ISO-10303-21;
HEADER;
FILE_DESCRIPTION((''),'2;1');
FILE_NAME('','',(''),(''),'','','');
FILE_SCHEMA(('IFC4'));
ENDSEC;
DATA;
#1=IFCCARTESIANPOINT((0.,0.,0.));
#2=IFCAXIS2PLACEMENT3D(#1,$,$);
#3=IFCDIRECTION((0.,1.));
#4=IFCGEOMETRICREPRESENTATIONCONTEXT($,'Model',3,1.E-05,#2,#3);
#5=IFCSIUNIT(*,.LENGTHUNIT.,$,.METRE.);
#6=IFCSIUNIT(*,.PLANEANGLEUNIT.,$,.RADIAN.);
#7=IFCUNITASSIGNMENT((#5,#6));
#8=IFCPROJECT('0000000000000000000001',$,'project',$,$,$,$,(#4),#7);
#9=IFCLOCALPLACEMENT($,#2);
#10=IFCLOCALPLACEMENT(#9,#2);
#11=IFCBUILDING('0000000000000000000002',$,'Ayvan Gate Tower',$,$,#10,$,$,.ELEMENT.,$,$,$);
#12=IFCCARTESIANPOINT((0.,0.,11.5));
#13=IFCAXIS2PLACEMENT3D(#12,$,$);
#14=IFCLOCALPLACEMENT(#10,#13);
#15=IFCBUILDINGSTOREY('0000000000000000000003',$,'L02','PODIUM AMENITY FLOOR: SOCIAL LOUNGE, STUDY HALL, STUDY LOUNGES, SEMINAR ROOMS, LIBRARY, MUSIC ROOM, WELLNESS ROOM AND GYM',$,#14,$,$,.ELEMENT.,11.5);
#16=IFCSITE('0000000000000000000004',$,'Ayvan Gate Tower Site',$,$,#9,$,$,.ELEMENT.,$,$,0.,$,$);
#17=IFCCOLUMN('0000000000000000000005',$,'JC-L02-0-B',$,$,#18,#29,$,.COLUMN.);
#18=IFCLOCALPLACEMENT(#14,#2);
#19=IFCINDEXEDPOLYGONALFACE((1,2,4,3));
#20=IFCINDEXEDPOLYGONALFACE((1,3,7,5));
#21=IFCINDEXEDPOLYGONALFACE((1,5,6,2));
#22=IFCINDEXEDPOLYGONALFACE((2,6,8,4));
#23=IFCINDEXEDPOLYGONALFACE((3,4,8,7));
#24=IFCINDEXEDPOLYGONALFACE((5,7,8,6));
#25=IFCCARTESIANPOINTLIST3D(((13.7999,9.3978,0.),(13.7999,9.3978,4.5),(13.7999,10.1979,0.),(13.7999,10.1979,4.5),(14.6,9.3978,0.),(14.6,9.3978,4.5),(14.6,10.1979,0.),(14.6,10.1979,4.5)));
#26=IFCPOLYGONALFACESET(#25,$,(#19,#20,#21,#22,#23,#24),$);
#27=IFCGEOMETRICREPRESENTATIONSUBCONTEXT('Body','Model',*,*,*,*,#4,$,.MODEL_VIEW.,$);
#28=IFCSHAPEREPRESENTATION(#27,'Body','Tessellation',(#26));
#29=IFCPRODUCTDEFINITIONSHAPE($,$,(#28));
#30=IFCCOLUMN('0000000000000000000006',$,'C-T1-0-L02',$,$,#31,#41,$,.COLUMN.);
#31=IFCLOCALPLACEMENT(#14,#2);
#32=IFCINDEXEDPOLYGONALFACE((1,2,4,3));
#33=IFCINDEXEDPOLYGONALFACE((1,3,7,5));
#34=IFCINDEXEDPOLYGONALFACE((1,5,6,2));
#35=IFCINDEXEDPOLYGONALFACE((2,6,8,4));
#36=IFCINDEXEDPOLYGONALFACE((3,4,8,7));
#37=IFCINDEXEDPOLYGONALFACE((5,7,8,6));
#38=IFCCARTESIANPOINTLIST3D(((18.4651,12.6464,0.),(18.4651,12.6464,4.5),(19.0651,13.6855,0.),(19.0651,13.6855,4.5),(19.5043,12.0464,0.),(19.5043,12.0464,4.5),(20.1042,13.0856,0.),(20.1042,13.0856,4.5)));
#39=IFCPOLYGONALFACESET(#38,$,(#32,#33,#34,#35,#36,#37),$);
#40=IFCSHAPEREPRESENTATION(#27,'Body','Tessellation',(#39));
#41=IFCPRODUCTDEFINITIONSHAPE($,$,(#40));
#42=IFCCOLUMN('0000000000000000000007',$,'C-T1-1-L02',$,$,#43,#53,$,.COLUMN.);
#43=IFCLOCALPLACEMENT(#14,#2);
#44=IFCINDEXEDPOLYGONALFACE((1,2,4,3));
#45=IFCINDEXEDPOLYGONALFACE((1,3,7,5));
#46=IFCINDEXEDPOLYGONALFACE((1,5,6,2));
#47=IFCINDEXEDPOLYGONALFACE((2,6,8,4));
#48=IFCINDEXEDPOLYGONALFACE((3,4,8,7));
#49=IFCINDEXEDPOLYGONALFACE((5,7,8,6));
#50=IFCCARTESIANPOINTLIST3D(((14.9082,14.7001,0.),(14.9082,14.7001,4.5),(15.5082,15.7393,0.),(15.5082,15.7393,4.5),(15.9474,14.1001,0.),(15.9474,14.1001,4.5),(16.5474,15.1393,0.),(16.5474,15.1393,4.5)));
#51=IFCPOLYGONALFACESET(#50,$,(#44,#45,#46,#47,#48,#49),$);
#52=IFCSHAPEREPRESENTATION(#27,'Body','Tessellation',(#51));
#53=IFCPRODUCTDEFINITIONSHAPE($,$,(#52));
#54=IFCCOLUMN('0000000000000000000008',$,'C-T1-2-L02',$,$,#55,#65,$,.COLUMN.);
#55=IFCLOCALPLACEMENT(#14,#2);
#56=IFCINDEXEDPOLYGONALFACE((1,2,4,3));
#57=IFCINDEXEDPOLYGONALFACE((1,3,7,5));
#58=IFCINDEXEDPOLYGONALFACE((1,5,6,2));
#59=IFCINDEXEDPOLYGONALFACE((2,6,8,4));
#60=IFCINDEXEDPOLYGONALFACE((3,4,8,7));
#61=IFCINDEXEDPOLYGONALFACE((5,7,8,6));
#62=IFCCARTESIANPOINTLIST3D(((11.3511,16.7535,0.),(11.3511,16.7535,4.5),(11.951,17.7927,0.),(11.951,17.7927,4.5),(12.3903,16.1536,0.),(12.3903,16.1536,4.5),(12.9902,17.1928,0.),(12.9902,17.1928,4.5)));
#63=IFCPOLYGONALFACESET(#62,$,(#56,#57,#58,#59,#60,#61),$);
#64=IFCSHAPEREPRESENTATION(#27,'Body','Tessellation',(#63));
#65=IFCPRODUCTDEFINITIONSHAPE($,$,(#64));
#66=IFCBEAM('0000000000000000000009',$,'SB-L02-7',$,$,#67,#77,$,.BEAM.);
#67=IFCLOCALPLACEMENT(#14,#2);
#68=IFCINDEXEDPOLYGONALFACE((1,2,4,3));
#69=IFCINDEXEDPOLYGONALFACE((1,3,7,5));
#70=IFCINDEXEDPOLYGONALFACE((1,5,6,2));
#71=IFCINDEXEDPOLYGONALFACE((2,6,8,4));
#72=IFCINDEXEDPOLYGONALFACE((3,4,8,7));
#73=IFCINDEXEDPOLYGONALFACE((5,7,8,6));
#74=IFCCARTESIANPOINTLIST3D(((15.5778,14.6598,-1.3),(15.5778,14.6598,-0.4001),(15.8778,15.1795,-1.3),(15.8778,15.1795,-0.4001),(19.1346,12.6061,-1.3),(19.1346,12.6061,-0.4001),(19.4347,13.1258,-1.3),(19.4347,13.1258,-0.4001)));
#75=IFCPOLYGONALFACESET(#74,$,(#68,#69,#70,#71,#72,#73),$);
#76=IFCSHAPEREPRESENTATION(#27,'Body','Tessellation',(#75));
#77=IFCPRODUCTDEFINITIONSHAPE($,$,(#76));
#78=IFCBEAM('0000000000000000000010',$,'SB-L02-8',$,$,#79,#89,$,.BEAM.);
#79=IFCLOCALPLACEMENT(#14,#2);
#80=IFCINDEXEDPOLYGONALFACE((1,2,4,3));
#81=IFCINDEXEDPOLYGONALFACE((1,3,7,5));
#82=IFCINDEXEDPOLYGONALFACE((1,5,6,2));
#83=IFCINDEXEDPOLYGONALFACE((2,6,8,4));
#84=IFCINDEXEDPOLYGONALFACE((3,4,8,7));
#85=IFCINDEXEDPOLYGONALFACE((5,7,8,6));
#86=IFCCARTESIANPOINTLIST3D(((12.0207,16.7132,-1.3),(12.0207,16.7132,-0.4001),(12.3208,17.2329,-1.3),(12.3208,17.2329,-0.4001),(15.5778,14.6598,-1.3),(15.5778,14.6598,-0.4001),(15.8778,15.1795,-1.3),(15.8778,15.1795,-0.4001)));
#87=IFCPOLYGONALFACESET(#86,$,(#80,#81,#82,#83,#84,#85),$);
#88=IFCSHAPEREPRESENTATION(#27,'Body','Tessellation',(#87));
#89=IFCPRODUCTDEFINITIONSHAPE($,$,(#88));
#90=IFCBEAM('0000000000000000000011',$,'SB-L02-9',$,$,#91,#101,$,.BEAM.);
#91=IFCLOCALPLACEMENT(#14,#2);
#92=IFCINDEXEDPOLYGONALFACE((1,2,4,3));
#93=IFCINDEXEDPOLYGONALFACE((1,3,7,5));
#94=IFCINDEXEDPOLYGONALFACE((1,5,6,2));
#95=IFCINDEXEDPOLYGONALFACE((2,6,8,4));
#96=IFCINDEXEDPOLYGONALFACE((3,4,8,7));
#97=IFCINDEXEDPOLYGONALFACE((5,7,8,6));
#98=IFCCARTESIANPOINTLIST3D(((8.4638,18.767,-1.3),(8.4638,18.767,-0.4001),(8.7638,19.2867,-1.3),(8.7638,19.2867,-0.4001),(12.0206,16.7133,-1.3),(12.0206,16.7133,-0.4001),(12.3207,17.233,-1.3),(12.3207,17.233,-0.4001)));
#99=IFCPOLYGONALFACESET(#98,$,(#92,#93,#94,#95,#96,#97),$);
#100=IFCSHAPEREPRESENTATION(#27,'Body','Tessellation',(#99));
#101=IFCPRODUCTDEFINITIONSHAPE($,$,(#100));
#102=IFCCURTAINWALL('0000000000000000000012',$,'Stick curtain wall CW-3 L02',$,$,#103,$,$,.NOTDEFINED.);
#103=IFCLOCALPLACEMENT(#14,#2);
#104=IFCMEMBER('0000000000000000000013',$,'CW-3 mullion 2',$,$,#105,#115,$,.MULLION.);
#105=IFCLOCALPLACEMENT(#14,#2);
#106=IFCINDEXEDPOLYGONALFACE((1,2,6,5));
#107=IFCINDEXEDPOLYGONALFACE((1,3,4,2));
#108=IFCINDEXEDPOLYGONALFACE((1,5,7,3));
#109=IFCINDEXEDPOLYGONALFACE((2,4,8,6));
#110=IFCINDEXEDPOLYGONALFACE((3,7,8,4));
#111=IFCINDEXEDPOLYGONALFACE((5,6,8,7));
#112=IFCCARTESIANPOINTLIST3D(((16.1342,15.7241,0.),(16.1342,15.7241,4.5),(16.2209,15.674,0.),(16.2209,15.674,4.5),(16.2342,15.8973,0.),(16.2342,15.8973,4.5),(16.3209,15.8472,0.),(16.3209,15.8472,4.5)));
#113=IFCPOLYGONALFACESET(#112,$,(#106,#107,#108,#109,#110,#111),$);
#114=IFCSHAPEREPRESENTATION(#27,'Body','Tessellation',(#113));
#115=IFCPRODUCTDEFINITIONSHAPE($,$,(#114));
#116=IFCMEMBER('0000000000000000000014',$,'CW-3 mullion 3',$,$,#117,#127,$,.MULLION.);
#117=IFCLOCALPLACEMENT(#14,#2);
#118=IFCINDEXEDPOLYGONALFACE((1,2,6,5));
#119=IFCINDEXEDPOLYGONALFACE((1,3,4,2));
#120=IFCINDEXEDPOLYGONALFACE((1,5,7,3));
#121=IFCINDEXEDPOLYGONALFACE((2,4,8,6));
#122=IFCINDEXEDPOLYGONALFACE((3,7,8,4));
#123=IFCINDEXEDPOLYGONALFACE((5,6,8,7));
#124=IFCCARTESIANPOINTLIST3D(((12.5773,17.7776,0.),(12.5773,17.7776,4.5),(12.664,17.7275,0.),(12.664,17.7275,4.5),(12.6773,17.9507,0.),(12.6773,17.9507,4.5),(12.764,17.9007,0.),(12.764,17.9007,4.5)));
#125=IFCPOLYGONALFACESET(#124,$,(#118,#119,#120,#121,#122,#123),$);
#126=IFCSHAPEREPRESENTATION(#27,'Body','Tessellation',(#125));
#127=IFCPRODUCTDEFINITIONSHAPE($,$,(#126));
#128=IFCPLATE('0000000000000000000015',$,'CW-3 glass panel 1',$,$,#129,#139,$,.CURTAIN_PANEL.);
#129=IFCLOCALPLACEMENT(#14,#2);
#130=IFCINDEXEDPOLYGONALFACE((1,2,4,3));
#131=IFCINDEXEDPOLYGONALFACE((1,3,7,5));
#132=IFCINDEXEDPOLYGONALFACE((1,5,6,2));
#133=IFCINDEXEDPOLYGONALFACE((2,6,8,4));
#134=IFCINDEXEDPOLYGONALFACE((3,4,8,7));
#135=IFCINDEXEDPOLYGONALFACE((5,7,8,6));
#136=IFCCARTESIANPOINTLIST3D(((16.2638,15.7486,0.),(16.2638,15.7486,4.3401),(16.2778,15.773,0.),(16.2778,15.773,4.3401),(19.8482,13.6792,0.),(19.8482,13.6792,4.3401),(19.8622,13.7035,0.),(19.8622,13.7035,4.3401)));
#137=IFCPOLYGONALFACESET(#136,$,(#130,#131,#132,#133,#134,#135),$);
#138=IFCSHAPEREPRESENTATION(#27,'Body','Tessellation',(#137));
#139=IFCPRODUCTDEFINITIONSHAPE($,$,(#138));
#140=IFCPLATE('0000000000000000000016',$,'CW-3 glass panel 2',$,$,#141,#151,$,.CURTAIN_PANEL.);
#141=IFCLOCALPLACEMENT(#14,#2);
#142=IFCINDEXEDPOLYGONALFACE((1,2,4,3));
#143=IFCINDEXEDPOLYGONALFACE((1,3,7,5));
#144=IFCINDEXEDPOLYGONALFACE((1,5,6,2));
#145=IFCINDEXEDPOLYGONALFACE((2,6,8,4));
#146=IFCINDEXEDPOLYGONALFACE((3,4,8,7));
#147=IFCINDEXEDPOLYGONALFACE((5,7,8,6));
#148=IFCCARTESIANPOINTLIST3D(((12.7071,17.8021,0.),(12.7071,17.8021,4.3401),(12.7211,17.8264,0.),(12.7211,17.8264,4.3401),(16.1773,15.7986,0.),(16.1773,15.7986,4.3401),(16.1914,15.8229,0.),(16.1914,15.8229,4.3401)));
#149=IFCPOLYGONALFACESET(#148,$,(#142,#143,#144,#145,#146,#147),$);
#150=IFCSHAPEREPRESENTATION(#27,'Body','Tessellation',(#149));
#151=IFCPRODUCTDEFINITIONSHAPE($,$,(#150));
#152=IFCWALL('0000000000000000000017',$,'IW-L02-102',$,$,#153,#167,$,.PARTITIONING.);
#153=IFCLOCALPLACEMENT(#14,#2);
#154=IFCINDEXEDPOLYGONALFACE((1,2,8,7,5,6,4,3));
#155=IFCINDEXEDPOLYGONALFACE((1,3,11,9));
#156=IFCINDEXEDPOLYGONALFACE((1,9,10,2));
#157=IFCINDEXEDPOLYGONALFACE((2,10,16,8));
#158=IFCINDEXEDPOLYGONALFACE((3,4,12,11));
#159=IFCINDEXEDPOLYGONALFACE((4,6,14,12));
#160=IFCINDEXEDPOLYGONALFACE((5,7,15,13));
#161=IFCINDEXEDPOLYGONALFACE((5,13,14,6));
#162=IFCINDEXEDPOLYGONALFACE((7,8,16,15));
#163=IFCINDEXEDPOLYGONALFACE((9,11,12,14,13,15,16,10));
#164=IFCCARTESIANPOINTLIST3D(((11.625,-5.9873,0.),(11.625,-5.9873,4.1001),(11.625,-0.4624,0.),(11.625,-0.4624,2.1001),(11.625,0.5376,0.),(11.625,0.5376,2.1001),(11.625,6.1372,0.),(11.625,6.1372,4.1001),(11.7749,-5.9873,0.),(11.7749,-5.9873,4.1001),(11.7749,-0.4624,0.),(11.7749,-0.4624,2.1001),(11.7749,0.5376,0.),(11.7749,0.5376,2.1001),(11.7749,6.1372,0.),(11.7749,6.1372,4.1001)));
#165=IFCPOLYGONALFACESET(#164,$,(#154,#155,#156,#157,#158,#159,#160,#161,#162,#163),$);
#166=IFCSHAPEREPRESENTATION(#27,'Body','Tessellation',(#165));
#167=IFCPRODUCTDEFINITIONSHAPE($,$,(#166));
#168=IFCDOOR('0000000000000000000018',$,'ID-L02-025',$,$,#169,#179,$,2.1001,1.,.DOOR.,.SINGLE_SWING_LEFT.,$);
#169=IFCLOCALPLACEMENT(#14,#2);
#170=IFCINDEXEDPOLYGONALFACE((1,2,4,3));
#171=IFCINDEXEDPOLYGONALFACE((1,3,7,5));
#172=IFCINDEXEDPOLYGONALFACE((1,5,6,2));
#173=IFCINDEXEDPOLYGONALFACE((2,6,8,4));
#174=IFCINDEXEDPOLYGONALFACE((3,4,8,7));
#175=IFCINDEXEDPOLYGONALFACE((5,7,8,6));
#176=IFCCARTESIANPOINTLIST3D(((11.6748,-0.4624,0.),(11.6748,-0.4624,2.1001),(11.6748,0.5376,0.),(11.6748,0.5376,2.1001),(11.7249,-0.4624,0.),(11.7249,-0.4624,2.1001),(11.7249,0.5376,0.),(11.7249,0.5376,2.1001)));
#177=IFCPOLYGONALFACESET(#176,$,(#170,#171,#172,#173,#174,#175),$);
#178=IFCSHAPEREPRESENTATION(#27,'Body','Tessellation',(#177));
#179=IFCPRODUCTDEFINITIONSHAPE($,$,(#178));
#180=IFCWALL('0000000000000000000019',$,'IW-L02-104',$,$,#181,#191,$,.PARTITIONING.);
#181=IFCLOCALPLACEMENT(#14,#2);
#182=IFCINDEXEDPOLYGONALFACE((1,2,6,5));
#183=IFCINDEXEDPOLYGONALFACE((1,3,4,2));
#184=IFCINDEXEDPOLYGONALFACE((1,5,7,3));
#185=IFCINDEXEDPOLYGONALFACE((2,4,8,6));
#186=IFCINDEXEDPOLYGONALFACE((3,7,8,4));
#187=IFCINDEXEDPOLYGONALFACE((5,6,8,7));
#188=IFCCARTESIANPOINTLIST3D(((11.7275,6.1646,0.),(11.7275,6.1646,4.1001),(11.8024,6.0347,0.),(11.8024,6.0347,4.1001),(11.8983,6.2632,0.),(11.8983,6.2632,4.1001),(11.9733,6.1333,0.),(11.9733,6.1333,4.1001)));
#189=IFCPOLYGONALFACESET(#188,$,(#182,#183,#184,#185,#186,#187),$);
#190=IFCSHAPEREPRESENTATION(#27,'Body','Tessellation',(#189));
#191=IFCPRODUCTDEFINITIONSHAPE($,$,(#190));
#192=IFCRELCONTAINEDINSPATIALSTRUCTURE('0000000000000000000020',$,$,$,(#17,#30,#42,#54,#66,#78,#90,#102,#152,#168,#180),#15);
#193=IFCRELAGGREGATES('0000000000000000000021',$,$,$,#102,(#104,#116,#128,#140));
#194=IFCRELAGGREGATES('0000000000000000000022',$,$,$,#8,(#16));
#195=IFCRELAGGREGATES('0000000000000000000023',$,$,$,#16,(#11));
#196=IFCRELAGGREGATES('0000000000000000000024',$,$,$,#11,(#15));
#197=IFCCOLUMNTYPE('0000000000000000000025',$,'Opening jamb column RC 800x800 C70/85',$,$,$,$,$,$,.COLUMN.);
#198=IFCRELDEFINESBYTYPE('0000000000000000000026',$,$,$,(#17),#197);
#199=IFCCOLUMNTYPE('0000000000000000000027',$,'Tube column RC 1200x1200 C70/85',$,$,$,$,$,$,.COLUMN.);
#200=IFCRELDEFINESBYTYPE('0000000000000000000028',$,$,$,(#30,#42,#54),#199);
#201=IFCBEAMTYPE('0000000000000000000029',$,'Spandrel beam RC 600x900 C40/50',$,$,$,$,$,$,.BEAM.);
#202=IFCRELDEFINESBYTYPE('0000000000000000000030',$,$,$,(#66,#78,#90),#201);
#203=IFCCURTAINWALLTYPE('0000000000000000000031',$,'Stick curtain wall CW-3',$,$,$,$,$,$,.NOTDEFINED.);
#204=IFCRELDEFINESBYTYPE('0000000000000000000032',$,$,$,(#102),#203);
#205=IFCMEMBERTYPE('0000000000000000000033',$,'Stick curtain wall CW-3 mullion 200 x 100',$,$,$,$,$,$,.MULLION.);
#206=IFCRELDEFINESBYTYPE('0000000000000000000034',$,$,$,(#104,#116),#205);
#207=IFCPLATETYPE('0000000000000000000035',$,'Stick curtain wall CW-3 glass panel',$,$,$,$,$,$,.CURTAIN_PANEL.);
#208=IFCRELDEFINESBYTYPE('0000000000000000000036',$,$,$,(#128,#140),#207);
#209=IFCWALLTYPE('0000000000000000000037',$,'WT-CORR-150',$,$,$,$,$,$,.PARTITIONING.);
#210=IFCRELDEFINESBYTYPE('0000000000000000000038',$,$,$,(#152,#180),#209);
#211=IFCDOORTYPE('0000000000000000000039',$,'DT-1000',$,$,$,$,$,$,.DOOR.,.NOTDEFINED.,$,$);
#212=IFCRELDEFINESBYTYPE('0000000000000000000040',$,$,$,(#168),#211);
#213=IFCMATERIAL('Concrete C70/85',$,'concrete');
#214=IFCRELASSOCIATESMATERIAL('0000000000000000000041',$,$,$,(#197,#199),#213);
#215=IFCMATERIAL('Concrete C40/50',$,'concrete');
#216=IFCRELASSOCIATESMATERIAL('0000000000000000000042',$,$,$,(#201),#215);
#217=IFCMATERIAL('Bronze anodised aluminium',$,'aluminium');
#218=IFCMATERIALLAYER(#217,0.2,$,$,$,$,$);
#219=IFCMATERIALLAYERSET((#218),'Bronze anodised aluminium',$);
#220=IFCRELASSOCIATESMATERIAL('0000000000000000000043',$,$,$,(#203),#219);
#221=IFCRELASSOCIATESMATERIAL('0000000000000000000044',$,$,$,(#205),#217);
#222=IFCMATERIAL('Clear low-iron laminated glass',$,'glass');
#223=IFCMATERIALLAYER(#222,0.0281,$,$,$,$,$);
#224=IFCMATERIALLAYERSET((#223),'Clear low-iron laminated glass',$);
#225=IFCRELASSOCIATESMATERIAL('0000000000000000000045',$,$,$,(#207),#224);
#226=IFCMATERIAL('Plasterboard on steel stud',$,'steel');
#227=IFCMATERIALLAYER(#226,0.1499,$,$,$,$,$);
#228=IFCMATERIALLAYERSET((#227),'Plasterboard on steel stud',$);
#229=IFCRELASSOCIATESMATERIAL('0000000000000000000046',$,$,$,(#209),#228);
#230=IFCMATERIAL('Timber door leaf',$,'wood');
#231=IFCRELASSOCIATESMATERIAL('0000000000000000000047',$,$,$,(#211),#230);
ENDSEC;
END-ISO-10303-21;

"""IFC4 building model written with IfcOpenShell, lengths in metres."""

from ifc_helpers import new_model, si_unit, direction, frame, frame_2d, origin, origin_2d, place, context, subcontext, project, spatial, rectangle, extrude, material, layer, layer_set, material_profile, profile_set, type_object, element, fill, aggregate, save


model = new_model("IFC4")

# Units and contexts
model_context = context("Model", 3, precision=1e-05, world=origin(), true_north=direction((0.0, 1.0)))
body_context = subcontext(model_context, "Body", "Model", "MODEL_VIEW")
ifc_project = project(units=[si_unit("LENGTHUNIT", "METRE"), si_unit("PLANEANGLEUNIT", "RADIAN")], contexts=[model_context])

# Site, building, storey
site_placement = place(None, origin())
site = spatial("IfcSite", under=ifc_project, at=site_placement, Name="Ayvan Gate Tower Site", CompositionType="ELEMENT", RefElevation=0.0)
building_placement = place(site_placement, origin())
building = spatial("IfcBuilding", under=site, at=building_placement, Name="Ayvan Gate Tower", CompositionType="ELEMENT")
storey_placement = place(building_placement, frame((0.0, 0.0, 11.5)))
storey = spatial("IfcBuildingStorey", under=building, at=storey_placement, Name="L02", Description="PODIUM AMENITY FLOOR: SOCIAL LOUNGE, STUDY HALL, STUDY LOUNGES, SEMINAR ROOMS, LIBRARY, MUSIC ROOM, WELLNESS ROOM AND GYM", CompositionType="ELEMENT", Elevation=11.5)

# Columns
ifc_material_1 = material(Name="Concrete C70/85", Category="concrete")
ifc_material_profile_1 = material_profile(ifc_material_1, rectangle(XDim=0.8, YDim=0.8, at=origin_2d()), Name="RC 800x800")
ifc_profile_set_1 = profile_set([ifc_material_profile_1], Name="Concrete C70/85")
column_type_1 = type_object("IfcColumnType", Name="Opening jamb column RC 800x800 C70/85", PredefinedType="COLUMN", material=ifc_profile_set_1)
column_placement = place(storey_placement, frame((14.2, 9.7979, 0.0), z_axis=(0.0, 0.0, 1.0), x_axis=(1.0, 0.0, 0.0)))
element("IfcColumn", 1, at=column_placement, inside=storey, type_object=column_type_1, Name="JC-L02-0-B", PredefinedType="COLUMN", context=body_context, shape_type="SweptSolid", body=[
    extrude(rectangle(XDim=0.8, YDim=0.8, at=origin_2d()), origin(), (0.0, 0.0, 1.0), 4.5),
])
ifc_material_profile_2 = material_profile(ifc_material_1, rectangle(XDim=1.2, YDim=1.2, at=origin_2d()), Name="RC 1200x1200")
ifc_profile_set_2 = profile_set([ifc_material_profile_2], Name="Concrete C70/85")
column_type_2 = type_object("IfcColumnType", Name="Tube column RC 1200x1200 C70/85", PredefinedType="COLUMN", material=ifc_profile_set_2)
for number, where, z_axis, x_axis, name in (
    (2, (19.2847, 12.866, 0.0), (0.0, 0.0, 1.0), (0.5, 0.866025, 0.0), "C-T1-0-L02"),
    (3, (15.7278, 14.9197, 0.0), (0.0, 0.0, 1.0), (0.5, 0.866025, 0.0), "C-T1-1-L02"),
    (4, (12.1707, 16.9731, 0.0), (0.0, 0.0, 1.0), (0.5, 0.866025, 0.0), "C-T1-2-L02"),
):
    element("IfcColumn", number, at=place(storey_placement, frame(where, z_axis=z_axis, x_axis=x_axis)), inside=storey, type_object=column_type_2, Name=name, PredefinedType="COLUMN", context=body_context, shape_type="SweptSolid", body=[
        extrude(rectangle(XDim=1.2, YDim=1.2, at=origin_2d()), origin(), (0.0, 0.0, 1.0), 4.5),
    ])

# Beams
ifc_material_2 = material(Name="Concrete C40/50", Category="concrete")
ifc_material_profile_3 = material_profile(ifc_material_2, rectangle(XDim=0.6001, YDim=0.8999, at=origin_2d()), Name="RC 600x900")
ifc_profile_set_3 = profile_set([ifc_material_profile_3], Name="Concrete C40/50")
beam_type = type_object("IfcBeamType", Name="Spandrel beam RC 600x900 C40/50", PredefinedType="BEAM", material=ifc_profile_set_3)
for number, where, z_axis, x_axis, name in (
    (5, (19.2847, 12.866, -0.8501), (-0.86601, 0.500026, 0.0), (-0.500026, -0.86601, 0.0), "SB-L02-7"),
    (6, (15.7278, 14.9197, -0.8501), (-0.866051, 0.499956, 0.0), (-0.499956, -0.866051, 0.0), "SB-L02-8"),
    (7, (12.1707, 16.9731, -0.8501), (-0.86601, 0.500026, 0.0), (-0.500026, -0.86601, 0.0), "SB-L02-9"),
):
    element("IfcBeam", number, at=place(storey_placement, frame(where, z_axis=z_axis, x_axis=x_axis)), inside=storey, type_object=beam_type, Name=name, PredefinedType="BEAM", context=body_context, shape_type="SweptSolid", body=[
        extrude(rectangle(XDim=0.6001, YDim=0.8999, at=origin_2d()), origin(), (0.0, 0.0, 1.0), 4.1072),
    ])

# Curtain wall, members, plates
ifc_material_3 = material(Name="Bronze anodised aluminium", Category="aluminium")
ifc_layer_1 = layer(ifc_material_3, 0.2)
ifc_layer_set_1 = layer_set([ifc_layer_1], Name="Bronze anodised aluminium")
curtain_wall_type = type_object("IfcCurtainWallType", Name="Stick curtain wall CW-3", PredefinedType="NOTDEFINED", material=ifc_layer_set_1)
curtain_wall_placement = place(storey_placement, origin())
curtain_wall = element("IfcCurtainWall", 8, at=curtain_wall_placement, inside=storey, type_object=curtain_wall_type, Name="Stick curtain wall CW-3 L02", PredefinedType="NOTDEFINED")
ifc_material_profile_4 = material_profile(ifc_material_3, rectangle(XDim=0.2, YDim=0.1001, at=origin_2d()), Name="Stick curtain wall CW-3 mullion 200 x 100")
ifc_profile_set_4 = profile_set([ifc_material_profile_4], Name="Bronze anodised aluminium")
member_type = type_object("IfcMemberType", Name="Stick curtain wall CW-3 mullion 200 x 100", PredefinedType="MULLION", material=ifc_profile_set_4)
member_1_placement = place(storey_placement, frame((16.2275, 15.7856, 0.0), z_axis=(0.0, 0.0, 1.0), x_axis=(0.5, 0.866025, 0.0)))
member_1 = element("IfcMember", 9, at=member_1_placement, type_object=member_type, Name="CW-3 mullion 2", PredefinedType="MULLION", context=body_context, shape_type="SweptSolid", body=[
    extrude(rectangle(XDim=0.2, YDim=0.1001, at=origin_2d()), origin(), (0.0, 0.0, 1.0), 4.5),
])
member_2_placement = place(storey_placement, frame((12.6707, 17.8391, 0.0), z_axis=(0.0, 0.0, 1.0), x_axis=(0.5, 0.866025, 0.0)))
member_2 = element("IfcMember", 10, at=member_2_placement, type_object=member_type, Name="CW-3 mullion 3", PredefinedType="MULLION", context=body_context, shape_type="SweptSolid", body=[
    extrude(rectangle(XDim=0.2, YDim=0.1001, at=origin_2d()), origin(), (0.0, 0.0, 1.0), 4.5),
])
ifc_material_4 = material(Name="Clear low-iron laminated glass", Category="glass")
ifc_layer_2 = layer(ifc_material_4, 0.0281)
ifc_layer_set_2 = layer_set([ifc_layer_2], Name="Clear low-iron laminated glass")
plate_type = type_object("IfcPlateType", Name="Stick curtain wall CW-3 glass panel", PredefinedType="CURTAIN_PANEL", material=ifc_layer_set_2)
plate_1_placement = place(storey_placement, frame((18.063, 14.7261, 0.0), z_axis=(0.0, 0.0, 1.0), x_axis=(-0.866025, 0.5, 0.0)))
plate_1 = element("IfcPlate", 11, at=plate_1_placement, type_object=plate_type, Name="CW-3 glass panel 1", PredefinedType="CURTAIN_PANEL", context=body_context, shape_type="SweptSolid", body=[
    extrude(rectangle(XDim=4.1389, YDim=0.0281, at=origin_2d()), origin(), (0.0, 0.0, 1.0), 4.3401),
])
plate_2_placement = place(storey_placement, frame((14.4492, 16.8125, 0.0), z_axis=(0.0, 0.0, 1.0), x_axis=(-0.866025, 0.5, 0.0)))
plate_2 = element("IfcPlate", 12, at=plate_2_placement, type_object=plate_type, Name="CW-3 glass panel 2", PredefinedType="CURTAIN_PANEL", context=body_context, shape_type="SweptSolid", body=[
    extrude(rectangle(XDim=4.0071, YDim=0.0281, at=origin_2d()), origin(), (0.0, 0.0, 1.0), 4.3401),
])
aggregate(curtain_wall, [member_1, member_2, plate_1, plate_2])

# Wall, opening, door
ifc_material_5 = material(Name="Plasterboard on steel stud", Category="steel")
ifc_layer_3 = layer(ifc_material_5, 0.1499)
ifc_layer_set_3 = layer_set([ifc_layer_3], Name="Plasterboard on steel stud")
wall_type_1 = type_object("IfcWallType", Name="WT-CORR-150", PredefinedType="PARTITIONING", material=ifc_layer_set_3)
wall_1_placement = place(storey_placement, frame((11.7, 6.1372, 0.0), z_axis=(0.0, 0.0, 1.0), x_axis=(0.0, -1.0, 0.0)))
wall_1 = element("IfcWall", 13, at=wall_1_placement, inside=storey, type_object=wall_type_1, Name="IW-L02-102", PredefinedType="PARTITIONING", context=body_context, shape_type="SweptSolid", body=[
    extrude(rectangle(XDim=12.1245, YDim=0.1499, at=frame_2d((6.0623, 0.0))), origin(), (0.0, 0.0, 1.0), 4.1001),
])
opening_1_placement = place(wall_1_placement, frame((5.5996, 0.0, 0.0)))
opening_1 = element("IfcOpeningElement", 14, at=opening_1_placement, cuts=wall_1, PredefinedType="OPENING", context=body_context, shape_type="SweptSolid", body=[
    extrude(rectangle(XDim=1.0, YDim=2.1001, at=frame_2d((0.5, 1.05))), frame((0.0, 0.085, 0.0), z_axis=(0.0, -1.0, 0.0), x_axis=(1.0, 0.0, 0.0)), (0.0, 0.0, 1.0), 0.1699),
])
ifc_material_6 = material(Name="Timber door leaf", Category="wood")
door_type = type_object("IfcDoorType", Name="DT-1000", OperationType="NOTDEFINED", PredefinedType="DOOR", material=ifc_material_6)
door_1_placement = place(opening_1_placement, origin())
door_1 = element("IfcDoor", 15, at=door_1_placement, inside=storey, type_object=door_type, Name="ID-L02-025", OperationType="SINGLE_SWING_LEFT", OverallHeight=2.1001, OverallWidth=1.0, PredefinedType="DOOR", context=body_context, shape_type="SweptSolid", body=[
    extrude(rectangle(XDim=1.0, YDim=2.1001, at=frame_2d((0.5, 1.05))), frame((0.0, 0.0249, 0.0), z_axis=(0.0, -1.0, 0.0), x_axis=(1.0, 0.0, 0.0)), (0.0, 0.0, 1.0), 0.05),
])
fill(opening_1, door_1)

# Wall
wall_2_placement = place(storey_placement, frame((11.9358, 6.1982, 0.0), z_axis=(0.0, 0.0, 1.0), x_axis=(-0.866103, -0.499865, 0.0)))
element("IfcWall", 16, at=wall_2_placement, inside=storey, type_object=wall_type_1, Name="IW-L02-104", PredefinedType="PARTITIONING", context=body_context, shape_type="SweptSolid", body=[
    extrude(rectangle(XDim=0.1973, YDim=0.1499, at=frame_2d((0.0986, 0.0))), origin(), (0.0, 0.0, 1.0), 4.1001),
])

save(model, "model.ifc")
